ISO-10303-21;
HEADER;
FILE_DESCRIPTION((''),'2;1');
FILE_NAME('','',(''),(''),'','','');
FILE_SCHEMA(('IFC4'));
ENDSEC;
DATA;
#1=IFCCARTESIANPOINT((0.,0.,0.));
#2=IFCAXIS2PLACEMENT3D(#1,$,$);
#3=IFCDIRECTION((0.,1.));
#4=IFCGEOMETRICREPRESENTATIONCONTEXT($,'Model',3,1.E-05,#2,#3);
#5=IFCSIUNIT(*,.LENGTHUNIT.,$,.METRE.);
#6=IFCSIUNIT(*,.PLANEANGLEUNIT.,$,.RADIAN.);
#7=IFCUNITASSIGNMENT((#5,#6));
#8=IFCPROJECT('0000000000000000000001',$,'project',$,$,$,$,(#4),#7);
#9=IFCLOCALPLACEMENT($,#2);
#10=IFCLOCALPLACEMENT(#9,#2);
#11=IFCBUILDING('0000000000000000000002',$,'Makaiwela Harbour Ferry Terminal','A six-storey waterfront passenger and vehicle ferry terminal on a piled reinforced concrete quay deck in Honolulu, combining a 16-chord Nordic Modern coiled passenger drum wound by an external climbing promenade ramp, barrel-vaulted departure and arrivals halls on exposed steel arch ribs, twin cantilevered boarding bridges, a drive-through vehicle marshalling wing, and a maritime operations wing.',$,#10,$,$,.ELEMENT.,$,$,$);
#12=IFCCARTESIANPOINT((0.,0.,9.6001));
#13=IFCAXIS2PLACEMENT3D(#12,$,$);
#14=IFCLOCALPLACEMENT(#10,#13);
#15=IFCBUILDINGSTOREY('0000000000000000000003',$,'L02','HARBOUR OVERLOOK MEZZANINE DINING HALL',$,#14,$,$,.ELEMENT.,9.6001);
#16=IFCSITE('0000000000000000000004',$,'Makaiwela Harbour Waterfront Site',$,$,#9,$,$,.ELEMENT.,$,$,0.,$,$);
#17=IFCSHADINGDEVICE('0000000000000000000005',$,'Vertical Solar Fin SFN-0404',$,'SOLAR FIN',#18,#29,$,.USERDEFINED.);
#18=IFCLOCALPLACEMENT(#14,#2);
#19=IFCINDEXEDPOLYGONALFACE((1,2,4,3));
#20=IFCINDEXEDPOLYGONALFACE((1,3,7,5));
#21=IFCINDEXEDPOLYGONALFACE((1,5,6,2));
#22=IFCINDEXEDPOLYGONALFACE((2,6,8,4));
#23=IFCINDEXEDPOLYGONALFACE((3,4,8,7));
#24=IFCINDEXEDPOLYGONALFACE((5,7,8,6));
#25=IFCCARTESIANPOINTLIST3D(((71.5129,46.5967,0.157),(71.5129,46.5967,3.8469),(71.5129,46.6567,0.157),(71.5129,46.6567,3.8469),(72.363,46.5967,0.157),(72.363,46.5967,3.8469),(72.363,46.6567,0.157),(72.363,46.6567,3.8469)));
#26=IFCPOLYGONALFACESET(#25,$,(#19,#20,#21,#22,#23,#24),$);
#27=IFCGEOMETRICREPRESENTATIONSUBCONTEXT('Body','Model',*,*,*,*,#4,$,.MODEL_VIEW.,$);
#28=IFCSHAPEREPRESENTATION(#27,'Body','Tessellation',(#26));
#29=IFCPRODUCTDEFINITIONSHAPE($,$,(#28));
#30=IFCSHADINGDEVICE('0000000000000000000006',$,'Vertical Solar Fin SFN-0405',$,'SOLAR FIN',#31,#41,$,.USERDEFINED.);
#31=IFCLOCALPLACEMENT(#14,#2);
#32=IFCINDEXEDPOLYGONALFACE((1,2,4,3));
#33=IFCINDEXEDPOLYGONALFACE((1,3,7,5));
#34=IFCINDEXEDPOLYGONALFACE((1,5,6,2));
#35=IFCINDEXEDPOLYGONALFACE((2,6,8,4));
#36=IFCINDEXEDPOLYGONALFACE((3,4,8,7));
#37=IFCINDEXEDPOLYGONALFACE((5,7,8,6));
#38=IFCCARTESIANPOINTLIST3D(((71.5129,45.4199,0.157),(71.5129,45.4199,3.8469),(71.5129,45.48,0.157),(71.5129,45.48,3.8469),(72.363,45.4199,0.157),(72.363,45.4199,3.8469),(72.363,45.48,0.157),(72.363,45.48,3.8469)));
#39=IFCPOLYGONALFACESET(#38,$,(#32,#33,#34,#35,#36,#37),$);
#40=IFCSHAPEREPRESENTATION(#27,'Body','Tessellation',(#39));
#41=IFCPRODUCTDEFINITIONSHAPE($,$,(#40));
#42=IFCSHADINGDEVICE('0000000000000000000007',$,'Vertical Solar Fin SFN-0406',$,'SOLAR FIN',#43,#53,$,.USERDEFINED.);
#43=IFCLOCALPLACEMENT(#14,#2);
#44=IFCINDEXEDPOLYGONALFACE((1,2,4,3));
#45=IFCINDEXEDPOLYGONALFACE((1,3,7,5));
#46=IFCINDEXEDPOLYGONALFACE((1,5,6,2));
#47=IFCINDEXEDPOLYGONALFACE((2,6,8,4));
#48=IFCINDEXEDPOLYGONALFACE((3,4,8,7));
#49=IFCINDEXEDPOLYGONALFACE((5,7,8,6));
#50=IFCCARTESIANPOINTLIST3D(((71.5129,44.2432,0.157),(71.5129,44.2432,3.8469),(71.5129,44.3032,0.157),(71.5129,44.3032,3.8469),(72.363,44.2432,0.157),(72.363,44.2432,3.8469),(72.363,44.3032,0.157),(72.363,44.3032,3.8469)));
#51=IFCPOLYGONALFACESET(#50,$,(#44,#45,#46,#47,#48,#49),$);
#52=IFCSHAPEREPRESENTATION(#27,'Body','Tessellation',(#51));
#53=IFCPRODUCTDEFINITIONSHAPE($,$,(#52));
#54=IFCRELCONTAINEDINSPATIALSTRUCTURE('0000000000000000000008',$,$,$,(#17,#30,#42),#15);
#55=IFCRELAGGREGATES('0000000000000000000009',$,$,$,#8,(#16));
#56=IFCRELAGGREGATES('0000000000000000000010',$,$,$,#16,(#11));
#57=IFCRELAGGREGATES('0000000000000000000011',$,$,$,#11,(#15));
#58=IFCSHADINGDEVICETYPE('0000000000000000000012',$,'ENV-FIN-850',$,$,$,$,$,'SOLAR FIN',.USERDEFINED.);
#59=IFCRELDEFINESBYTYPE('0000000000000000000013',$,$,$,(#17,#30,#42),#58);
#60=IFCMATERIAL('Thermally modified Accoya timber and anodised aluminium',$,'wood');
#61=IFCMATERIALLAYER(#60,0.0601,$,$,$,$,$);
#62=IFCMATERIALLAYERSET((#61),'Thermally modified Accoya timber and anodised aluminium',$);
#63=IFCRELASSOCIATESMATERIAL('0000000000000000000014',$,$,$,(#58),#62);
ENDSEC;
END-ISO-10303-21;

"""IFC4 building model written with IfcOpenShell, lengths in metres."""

from ifc_helpers import new_model, si_unit, direction, frame, origin, origin_2d, place, context, subcontext, project, spatial, rectangle, extrude, material, layer, layer_set, type_object, element, save


model = new_model("IFC4")

# Units and contexts
model_context = context("Model", 3, precision=1e-05, world=origin(), true_north=direction((0.0, 1.0)))
body_context = subcontext(model_context, "Body", "Model", "MODEL_VIEW")
ifc_project = project(units=[si_unit("LENGTHUNIT", "METRE"), si_unit("PLANEANGLEUNIT", "RADIAN")], contexts=[model_context])

# Site, building, storey
site_placement = place(None, origin())
site = spatial("IfcSite", under=ifc_project, at=site_placement, Name="Makaiwela Harbour Waterfront Site", CompositionType="ELEMENT", RefElevation=0.0)
building_placement = place(site_placement, origin())
building = spatial("IfcBuilding", under=site, at=building_placement, Name="Makaiwela Harbour Ferry Terminal", Description="A six-storey waterfront passenger and vehicle ferry terminal on a piled reinforced concrete quay deck in Honolulu, combining a 16-chord Nordic Modern coiled passenger drum wound by an external climbing promenade ramp, barrel-vaulted departure and arrivals halls on exposed steel arch ribs, twin cantilevered boarding bridges, a drive-through vehicle marshalling wing, and a maritime operations wing.", CompositionType="ELEMENT")
storey_placement = place(building_placement, frame((0.0, 0.0, 9.6001)))
storey = spatial("IfcBuildingStorey", under=building, at=storey_placement, Name="L02", Description="HARBOUR OVERLOOK MEZZANINE DINING HALL", CompositionType="ELEMENT", Elevation=9.6001)

# Shading devices
ifc_material_1 = material(Name="Thermally modified Accoya timber and anodised aluminium", Category="wood")
ifc_layer_1 = layer(ifc_material_1, 0.0601)
ifc_layer_set_1 = layer_set([ifc_layer_1], Name="Thermally modified Accoya timber and anodised aluminium")
shading_device_type_1 = type_object("IfcShadingDeviceType", Name="ENV-FIN-850", ElementType="SOLAR FIN", PredefinedType="USERDEFINED", material=ifc_layer_set_1)
for number, where, z_axis, x_axis, name in (
    (1, (71.938, 46.6267, 0.157), (0.0, 0.0, 1.0), (1.0, 0.0, 0.0), "Vertical Solar Fin SFN-0404"),
    (2, (71.938, 45.45, 0.157), (0.0, 0.0, 1.0), (1.0, 0.0, 0.0), "Vertical Solar Fin SFN-0405"),
    (3, (71.938, 44.2732, 0.157), (0.0, 0.0, 1.0), (1.0, 0.0, 0.0), "Vertical Solar Fin SFN-0406"),
):
    element("IfcShadingDevice", number, at=place(storey_placement, frame(where, z_axis=z_axis, x_axis=x_axis)), inside=storey, type_object=shading_device_type_1, Name=name, ObjectType="SOLAR FIN", PredefinedType="USERDEFINED", context=body_context, shape_type="SweptSolid", body=[
        extrude(rectangle(XDim=0.8501, YDim=0.0601, at=origin_2d()), origin(), (0.0, 0.0, 1.0), 3.6899),
    ])

save(model, "model.ifc")
